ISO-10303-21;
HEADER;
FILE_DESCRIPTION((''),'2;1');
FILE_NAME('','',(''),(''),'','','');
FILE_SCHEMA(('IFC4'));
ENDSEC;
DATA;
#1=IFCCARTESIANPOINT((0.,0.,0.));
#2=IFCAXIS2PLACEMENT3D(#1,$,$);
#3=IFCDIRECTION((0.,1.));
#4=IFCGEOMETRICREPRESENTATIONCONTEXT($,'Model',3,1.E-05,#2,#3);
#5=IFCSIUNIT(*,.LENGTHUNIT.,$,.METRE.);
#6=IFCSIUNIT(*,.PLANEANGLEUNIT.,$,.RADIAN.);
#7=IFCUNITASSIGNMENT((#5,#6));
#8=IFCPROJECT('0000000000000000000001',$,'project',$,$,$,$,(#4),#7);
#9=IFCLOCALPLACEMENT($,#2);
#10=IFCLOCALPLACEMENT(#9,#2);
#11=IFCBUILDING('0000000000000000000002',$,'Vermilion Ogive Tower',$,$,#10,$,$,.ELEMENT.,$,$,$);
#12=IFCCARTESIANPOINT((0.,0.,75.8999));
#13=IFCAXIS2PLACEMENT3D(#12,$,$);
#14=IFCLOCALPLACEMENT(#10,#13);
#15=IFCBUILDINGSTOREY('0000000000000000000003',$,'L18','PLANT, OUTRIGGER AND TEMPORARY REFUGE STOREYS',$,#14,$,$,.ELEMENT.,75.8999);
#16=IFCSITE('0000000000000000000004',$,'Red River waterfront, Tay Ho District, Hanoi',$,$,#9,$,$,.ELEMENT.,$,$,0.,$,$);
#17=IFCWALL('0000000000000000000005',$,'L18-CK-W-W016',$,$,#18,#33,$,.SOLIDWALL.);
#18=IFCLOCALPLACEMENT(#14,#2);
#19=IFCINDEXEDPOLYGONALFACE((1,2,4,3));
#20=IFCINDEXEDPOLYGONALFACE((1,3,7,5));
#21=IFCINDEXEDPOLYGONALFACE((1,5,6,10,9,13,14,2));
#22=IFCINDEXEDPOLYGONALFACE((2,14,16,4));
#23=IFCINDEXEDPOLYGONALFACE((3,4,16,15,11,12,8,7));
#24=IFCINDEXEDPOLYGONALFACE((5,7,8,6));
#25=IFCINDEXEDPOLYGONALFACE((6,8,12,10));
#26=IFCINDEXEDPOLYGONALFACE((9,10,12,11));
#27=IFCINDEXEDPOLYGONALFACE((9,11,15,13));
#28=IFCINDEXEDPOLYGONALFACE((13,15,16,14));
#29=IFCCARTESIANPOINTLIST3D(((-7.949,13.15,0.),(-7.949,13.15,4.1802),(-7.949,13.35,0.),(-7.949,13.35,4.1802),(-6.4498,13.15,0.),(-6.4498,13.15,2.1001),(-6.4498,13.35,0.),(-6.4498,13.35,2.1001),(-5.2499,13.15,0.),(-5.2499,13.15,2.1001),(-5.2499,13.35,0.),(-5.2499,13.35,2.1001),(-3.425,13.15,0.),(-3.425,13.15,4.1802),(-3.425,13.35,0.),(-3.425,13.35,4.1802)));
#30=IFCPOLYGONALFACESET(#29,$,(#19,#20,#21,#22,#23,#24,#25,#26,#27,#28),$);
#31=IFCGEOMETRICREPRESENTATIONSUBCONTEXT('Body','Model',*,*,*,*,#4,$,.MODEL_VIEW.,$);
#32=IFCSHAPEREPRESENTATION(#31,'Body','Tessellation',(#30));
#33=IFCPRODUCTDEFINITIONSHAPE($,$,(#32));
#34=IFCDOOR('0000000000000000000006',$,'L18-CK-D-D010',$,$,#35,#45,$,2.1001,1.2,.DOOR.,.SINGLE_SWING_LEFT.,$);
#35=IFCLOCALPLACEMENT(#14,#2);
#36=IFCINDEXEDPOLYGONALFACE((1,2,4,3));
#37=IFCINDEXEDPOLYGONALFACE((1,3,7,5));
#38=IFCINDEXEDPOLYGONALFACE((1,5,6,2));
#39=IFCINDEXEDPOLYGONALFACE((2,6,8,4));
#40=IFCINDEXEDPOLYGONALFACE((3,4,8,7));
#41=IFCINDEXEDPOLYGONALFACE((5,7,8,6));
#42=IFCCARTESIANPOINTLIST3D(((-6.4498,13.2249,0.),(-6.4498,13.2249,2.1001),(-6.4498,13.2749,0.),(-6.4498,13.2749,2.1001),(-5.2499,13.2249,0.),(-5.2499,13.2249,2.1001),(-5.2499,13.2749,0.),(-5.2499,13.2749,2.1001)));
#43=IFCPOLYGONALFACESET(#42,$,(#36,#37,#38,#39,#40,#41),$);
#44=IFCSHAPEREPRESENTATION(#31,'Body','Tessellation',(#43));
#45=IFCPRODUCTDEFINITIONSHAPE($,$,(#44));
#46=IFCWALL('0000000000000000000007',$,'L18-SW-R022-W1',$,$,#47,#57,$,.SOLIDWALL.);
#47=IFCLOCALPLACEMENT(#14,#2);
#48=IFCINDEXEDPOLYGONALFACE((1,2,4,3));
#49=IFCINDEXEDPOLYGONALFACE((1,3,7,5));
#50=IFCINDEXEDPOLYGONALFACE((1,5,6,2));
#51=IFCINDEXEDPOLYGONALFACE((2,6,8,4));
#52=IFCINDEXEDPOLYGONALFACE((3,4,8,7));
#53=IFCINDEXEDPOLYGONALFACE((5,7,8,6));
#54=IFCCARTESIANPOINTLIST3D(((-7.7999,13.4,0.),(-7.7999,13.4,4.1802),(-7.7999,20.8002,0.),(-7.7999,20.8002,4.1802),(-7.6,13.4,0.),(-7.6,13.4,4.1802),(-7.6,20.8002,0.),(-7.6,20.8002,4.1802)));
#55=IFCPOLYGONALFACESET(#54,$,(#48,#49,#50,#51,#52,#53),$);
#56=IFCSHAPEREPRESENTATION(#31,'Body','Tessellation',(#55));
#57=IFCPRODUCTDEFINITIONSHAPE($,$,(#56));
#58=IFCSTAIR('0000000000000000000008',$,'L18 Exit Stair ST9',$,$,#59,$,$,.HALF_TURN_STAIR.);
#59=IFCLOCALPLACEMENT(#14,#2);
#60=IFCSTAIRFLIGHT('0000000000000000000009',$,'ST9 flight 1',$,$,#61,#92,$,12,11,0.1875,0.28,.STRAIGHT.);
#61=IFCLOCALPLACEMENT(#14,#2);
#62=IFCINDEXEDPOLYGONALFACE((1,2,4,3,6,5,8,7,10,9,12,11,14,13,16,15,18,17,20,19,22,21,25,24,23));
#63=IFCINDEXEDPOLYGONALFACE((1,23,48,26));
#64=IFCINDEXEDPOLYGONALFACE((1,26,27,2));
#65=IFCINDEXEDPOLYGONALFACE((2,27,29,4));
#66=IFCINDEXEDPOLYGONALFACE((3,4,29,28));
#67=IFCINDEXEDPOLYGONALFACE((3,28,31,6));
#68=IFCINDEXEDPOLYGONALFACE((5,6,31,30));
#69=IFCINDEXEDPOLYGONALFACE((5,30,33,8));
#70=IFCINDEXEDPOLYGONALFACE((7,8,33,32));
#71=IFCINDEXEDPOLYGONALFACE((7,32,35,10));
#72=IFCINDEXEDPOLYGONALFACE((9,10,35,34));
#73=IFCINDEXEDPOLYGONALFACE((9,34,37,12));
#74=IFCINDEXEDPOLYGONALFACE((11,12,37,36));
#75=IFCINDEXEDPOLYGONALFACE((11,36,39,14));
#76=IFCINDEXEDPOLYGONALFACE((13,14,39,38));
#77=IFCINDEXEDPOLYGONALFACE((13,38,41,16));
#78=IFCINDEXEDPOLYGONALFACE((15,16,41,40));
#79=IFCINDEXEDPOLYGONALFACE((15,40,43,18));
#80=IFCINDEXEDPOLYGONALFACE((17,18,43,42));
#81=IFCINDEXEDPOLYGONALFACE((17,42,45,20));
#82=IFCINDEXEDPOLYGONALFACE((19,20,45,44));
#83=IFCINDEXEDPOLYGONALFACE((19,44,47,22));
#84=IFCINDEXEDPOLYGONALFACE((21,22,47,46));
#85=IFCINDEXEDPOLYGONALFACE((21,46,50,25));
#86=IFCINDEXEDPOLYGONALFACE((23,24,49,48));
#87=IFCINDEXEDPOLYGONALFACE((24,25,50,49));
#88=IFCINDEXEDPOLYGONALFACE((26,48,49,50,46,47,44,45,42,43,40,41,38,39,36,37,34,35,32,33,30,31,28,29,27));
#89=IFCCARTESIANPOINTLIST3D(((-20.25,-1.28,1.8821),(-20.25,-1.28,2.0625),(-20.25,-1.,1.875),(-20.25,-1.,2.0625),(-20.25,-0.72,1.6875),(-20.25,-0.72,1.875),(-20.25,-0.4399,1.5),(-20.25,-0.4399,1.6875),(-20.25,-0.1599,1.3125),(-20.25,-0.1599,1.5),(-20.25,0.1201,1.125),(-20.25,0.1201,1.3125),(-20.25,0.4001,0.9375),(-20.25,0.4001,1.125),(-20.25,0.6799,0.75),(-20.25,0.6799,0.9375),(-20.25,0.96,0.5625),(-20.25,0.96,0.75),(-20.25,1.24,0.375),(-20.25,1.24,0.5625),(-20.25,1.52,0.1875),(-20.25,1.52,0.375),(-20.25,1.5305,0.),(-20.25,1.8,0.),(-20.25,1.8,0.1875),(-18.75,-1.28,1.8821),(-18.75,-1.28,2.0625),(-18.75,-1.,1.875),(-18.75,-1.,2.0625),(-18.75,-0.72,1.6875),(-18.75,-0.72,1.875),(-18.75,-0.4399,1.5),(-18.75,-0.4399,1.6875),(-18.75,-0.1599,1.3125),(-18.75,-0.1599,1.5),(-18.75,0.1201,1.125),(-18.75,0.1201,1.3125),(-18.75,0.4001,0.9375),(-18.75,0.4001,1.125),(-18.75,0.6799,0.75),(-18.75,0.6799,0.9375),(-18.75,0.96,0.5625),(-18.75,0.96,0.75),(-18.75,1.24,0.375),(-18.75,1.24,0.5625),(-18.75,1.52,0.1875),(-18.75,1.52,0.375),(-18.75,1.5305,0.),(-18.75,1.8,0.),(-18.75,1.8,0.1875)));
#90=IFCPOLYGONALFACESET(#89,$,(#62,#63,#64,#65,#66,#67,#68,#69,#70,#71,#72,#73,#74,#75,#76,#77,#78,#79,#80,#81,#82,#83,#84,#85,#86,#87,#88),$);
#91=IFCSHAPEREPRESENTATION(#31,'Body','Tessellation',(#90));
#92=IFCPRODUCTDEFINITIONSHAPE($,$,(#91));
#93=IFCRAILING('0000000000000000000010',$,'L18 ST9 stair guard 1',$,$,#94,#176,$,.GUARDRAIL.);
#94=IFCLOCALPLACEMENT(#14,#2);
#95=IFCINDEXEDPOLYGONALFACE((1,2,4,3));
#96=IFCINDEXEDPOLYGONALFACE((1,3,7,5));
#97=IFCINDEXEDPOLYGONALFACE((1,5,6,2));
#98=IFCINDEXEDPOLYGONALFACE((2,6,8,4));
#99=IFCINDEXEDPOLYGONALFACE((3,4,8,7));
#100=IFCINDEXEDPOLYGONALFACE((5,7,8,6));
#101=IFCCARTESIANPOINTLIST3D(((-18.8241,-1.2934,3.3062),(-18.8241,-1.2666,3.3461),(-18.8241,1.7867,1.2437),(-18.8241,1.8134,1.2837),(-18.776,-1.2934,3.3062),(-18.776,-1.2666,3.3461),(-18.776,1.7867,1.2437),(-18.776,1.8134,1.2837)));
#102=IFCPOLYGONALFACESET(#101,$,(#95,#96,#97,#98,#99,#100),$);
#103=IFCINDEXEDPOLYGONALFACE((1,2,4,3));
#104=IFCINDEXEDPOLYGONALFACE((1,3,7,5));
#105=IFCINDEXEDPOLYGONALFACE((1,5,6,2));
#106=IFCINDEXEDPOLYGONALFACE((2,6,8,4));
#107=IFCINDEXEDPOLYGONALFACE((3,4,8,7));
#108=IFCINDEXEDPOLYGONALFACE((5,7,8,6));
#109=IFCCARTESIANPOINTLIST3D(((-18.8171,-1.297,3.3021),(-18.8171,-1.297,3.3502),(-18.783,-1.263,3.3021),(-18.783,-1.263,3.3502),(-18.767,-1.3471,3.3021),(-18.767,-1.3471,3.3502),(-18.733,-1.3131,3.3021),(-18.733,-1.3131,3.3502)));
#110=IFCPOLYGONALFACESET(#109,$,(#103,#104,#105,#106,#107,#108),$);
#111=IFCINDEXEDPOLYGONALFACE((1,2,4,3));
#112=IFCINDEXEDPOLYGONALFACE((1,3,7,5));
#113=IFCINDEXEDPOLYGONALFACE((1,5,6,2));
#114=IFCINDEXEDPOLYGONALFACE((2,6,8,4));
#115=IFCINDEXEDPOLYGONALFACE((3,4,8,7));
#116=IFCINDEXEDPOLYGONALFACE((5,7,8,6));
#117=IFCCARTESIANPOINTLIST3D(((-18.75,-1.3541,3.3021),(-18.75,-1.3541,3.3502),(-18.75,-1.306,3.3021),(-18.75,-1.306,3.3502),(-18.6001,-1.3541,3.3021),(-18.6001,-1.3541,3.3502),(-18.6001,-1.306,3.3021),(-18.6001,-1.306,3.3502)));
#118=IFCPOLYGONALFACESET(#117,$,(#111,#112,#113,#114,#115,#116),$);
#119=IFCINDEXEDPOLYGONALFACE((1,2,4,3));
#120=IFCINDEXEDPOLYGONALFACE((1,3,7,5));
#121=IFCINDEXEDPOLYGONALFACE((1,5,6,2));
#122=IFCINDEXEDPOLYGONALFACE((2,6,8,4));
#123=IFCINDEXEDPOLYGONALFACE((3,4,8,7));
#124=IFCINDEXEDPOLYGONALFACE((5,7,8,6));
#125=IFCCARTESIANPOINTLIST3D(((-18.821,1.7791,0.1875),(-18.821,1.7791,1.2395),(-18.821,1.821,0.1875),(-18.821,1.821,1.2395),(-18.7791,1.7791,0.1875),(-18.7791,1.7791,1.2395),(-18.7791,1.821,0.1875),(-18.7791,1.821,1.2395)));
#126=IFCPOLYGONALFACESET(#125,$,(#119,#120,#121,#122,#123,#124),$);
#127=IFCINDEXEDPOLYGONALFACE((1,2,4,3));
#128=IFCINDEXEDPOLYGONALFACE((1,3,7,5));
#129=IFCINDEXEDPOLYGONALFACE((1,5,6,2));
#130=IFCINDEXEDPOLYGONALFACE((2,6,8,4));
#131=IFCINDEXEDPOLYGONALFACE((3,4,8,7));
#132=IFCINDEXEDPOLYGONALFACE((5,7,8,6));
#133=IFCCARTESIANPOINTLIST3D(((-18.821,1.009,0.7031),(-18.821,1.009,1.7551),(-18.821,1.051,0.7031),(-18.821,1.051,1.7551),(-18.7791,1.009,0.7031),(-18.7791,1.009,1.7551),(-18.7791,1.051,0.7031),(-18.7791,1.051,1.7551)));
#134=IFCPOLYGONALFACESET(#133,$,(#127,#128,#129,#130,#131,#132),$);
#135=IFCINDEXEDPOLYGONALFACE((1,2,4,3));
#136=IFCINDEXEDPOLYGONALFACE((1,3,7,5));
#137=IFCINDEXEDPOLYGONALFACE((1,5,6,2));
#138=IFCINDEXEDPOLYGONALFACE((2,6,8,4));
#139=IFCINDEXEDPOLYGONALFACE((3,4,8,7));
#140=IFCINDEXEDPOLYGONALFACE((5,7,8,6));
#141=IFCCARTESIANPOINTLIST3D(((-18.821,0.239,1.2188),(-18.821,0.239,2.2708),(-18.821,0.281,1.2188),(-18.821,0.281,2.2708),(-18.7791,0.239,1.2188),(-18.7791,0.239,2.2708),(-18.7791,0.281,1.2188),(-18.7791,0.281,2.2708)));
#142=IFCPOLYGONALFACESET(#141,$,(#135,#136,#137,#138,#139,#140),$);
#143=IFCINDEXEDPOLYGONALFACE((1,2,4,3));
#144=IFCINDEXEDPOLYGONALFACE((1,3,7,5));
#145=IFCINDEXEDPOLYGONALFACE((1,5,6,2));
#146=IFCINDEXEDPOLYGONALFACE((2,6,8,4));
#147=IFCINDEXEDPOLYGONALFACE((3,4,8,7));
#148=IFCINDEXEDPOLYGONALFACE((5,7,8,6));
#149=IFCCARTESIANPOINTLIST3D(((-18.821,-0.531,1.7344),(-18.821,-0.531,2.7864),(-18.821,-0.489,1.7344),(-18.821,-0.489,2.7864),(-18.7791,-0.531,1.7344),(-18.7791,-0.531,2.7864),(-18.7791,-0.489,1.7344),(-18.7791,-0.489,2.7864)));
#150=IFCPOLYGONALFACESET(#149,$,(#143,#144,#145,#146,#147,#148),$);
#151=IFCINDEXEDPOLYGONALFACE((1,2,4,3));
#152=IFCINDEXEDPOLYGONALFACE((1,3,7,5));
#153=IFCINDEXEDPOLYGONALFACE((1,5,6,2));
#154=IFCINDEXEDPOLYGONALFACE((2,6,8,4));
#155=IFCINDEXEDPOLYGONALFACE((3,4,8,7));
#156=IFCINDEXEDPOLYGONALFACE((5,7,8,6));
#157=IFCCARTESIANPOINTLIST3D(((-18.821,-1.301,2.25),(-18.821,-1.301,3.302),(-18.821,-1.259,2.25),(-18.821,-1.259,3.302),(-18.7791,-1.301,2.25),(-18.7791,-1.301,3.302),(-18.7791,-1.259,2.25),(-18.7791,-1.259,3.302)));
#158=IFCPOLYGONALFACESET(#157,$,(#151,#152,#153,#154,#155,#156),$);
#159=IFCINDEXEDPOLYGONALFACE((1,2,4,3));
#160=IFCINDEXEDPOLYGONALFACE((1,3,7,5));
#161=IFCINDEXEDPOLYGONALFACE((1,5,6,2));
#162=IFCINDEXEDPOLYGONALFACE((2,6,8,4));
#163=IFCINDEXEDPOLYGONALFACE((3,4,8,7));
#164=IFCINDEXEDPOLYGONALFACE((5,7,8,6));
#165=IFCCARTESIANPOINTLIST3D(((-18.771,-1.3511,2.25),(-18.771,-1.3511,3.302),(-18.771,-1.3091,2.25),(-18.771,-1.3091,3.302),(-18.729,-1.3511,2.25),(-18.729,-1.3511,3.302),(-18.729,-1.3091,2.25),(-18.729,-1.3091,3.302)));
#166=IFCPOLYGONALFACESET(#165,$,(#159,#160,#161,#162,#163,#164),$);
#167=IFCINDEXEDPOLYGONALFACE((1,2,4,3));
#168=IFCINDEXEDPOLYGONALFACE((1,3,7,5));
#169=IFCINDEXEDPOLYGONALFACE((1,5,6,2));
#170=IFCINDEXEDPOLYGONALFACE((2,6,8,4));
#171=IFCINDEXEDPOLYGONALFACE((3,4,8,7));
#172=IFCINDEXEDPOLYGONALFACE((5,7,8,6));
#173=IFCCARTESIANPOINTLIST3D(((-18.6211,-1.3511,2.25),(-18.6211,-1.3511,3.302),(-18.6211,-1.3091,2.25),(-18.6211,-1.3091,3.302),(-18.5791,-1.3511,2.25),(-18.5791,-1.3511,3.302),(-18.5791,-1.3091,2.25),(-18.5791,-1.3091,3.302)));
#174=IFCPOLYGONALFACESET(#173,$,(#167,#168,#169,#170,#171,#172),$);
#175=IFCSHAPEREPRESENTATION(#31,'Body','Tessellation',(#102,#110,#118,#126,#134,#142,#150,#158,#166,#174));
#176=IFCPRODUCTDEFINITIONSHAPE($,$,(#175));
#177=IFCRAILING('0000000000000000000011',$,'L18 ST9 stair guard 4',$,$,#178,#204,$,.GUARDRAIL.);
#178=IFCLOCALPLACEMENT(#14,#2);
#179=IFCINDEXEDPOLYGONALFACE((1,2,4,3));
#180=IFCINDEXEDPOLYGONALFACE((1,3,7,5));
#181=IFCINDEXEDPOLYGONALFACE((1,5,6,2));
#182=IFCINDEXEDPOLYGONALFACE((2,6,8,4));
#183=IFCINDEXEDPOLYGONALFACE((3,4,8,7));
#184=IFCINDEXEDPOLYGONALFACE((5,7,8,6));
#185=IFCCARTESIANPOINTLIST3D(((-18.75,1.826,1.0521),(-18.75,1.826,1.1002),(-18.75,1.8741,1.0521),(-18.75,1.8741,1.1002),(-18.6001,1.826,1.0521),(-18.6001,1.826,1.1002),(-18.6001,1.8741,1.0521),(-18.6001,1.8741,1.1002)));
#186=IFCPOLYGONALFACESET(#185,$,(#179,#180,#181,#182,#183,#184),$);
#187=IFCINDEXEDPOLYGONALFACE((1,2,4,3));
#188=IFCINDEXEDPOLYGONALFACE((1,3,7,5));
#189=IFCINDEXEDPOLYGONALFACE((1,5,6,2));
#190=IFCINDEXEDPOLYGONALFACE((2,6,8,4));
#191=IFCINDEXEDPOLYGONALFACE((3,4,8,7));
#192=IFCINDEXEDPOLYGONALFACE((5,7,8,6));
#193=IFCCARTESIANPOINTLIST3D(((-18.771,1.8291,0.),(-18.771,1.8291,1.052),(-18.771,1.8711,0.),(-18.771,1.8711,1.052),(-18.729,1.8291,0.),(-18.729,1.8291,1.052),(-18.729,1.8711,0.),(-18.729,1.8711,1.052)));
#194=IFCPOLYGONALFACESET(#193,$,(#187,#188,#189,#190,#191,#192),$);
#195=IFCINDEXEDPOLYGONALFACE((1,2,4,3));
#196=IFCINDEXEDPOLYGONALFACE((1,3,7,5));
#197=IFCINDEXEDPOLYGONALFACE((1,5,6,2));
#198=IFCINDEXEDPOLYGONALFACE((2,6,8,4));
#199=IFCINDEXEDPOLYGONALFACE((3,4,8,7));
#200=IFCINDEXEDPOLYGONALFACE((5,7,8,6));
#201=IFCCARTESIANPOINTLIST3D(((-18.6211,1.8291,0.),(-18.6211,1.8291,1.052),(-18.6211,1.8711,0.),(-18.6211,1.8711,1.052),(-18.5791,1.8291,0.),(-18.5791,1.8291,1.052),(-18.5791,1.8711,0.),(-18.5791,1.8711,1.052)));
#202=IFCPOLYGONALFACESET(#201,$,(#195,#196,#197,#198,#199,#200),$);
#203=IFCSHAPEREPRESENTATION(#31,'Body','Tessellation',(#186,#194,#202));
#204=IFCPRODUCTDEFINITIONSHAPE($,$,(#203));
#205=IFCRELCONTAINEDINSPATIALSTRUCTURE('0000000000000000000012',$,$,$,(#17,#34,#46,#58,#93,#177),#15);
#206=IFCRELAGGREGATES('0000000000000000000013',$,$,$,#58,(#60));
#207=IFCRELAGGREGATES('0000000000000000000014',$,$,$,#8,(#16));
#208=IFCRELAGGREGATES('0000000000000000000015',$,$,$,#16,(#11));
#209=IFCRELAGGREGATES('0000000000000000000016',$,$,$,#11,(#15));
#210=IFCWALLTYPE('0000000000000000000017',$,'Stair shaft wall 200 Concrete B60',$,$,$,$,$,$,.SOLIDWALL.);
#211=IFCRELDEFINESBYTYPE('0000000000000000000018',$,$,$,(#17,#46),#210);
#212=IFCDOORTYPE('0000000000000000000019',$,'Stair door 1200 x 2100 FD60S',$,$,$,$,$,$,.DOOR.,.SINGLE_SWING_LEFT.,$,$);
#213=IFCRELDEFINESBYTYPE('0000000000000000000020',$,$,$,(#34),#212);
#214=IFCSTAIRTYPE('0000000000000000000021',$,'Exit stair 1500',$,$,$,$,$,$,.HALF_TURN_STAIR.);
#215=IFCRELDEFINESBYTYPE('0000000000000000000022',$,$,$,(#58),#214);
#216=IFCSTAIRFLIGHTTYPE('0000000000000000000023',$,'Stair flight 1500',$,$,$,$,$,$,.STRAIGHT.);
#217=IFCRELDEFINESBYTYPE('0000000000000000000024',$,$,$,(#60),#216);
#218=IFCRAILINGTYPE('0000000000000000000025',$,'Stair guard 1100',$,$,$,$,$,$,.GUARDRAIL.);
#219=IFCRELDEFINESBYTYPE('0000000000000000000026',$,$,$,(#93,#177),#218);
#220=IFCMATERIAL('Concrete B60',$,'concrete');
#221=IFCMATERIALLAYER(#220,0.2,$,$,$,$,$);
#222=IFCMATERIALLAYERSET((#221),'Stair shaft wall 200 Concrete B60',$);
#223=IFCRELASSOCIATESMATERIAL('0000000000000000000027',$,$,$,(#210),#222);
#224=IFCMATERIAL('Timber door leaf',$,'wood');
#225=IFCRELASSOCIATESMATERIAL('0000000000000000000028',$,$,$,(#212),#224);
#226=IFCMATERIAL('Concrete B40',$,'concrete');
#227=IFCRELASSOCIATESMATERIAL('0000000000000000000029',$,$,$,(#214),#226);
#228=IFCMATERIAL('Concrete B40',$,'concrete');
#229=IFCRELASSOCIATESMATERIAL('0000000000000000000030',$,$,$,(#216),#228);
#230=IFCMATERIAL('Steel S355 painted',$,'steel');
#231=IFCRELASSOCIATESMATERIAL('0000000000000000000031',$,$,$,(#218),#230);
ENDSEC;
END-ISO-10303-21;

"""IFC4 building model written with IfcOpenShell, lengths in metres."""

from ifc_helpers import new_model, si_unit, direction, frame, frame_2d, origin, origin_2d, place, context, subcontext, project, spatial, polyline, rectangle, outline, extrude, material, layer, layer_set, type_object, element, fill, aggregate, save


model = new_model("IFC4")

# Units and contexts
model_context = context("Model", 3, precision=1e-05, world=origin(), true_north=direction((0.0, 1.0)))
body_context = subcontext(model_context, "Body", "Model", "MODEL_VIEW")
ifc_project = project(units=[si_unit("LENGTHUNIT", "METRE"), si_unit("PLANEANGLEUNIT", "RADIAN")], contexts=[model_context])

# Site, building, storey
site_placement = place(None, origin())
site = spatial("IfcSite", under=ifc_project, at=site_placement, Name="Red River waterfront, Tay Ho District, Hanoi", CompositionType="ELEMENT", RefElevation=0.0)
building_placement = place(site_placement, origin())
building = spatial("IfcBuilding", under=site, at=building_placement, Name="Vermilion Ogive Tower", CompositionType="ELEMENT")
storey_placement = place(building_placement, frame((0.0, 0.0, 75.8999)))
storey = spatial("IfcBuildingStorey", under=building, at=storey_placement, Name="L18", Description="PLANT, OUTRIGGER AND TEMPORARY REFUGE STOREYS", CompositionType="ELEMENT", Elevation=75.8999)

# Shared definitions
ifc_material_1 = material(Name="Concrete B60", Category="concrete")
ifc_layer_1 = layer(ifc_material_1, 0.2)
ifc_layer_set_1 = layer_set([ifc_layer_1], Name="Stair shaft wall 200 Concrete B60")
wall_type_1 = type_object("IfcWallType", Name="Stair shaft wall 200 Concrete B60", PredefinedType="SOLIDWALL", material=ifc_layer_set_1)

# Wall, opening, door
wall_1_placement = place(storey_placement, frame((-7.949, 13.25, 0.0), z_axis=(0.0, 0.0, 1.0), x_axis=(1.0, 0.0, 0.0)))
wall_1 = element("IfcWall", 1, at=wall_1_placement, inside=storey, type_object=wall_type_1, Name="L18-CK-W-W016", PredefinedType="SOLIDWALL", context=body_context, shape_type="SweptSolid", body=[
    extrude(rectangle(XDim=4.5239, YDim=0.2, at=frame_2d((2.262, 0.0))), origin(), (0.0, 0.0, 1.0), 4.1802),
])
opening_1_placement = place(wall_1_placement, frame((1.499, 0.0, 0.0)))
opening_1 = element("IfcOpeningElement", 2, at=opening_1_placement, cuts=wall_1, PredefinedType="OPENING", context=body_context, shape_type="SweptSolid", body=[
    extrude(rectangle(XDim=1.2, YDim=2.1001, at=frame_2d((0.6001, 1.05))), frame((0.0, 0.1099, 0.0), z_axis=(0.0, -1.0, 0.0), x_axis=(1.0, 0.0, 0.0)), (0.0, 0.0, 1.0), 0.22),
])
ifc_material_2 = material(Name="Timber door leaf", Category="wood")
door_type_1 = type_object("IfcDoorType", Name="Stair door 1200 x 2100 FD60S", OperationType="SINGLE_SWING_LEFT", PredefinedType="DOOR", material=ifc_material_2)
door_1_placement = place(opening_1_placement, origin())
door_1 = element("IfcDoor", 3, at=door_1_placement, inside=storey, type_object=door_type_1, Name="L18-CK-D-D010", OperationType="SINGLE_SWING_LEFT", OverallHeight=2.1001, OverallWidth=1.2, PredefinedType="DOOR", context=body_context, shape_type="SweptSolid", body=[
    extrude(rectangle(XDim=1.2, YDim=2.1001, at=frame_2d((0.6001, 1.05))), frame((0.0, 0.0249, 0.0), z_axis=(0.0, -1.0, 0.0), x_axis=(1.0, 0.0, 0.0)), (0.0, 0.0, 1.0), 0.05),
])
fill(opening_1, door_1)

# Wall
wall_2_placement = place(storey_placement, frame((-7.7, 13.3999, 0.0), z_axis=(0.0, 0.0, 1.0), x_axis=(0.0, 1.0, 0.0)))
element("IfcWall", 4, at=wall_2_placement, inside=storey, type_object=wall_type_1, Name="L18-SW-R022-W1", PredefinedType="SOLIDWALL", context=body_context, shape_type="SweptSolid", body=[
    extrude(rectangle(XDim=7.4001, YDim=0.2, at=frame_2d((3.7002, 0.0))), origin(), (0.0, 0.0, 1.0), 4.1802),
])

# Stair, stair flight
ifc_material_3 = material(Name="Concrete B40", Category="concrete")
stair_type = type_object("IfcStairType", Name="Exit stair 1500", PredefinedType="HALF_TURN_STAIR", material=ifc_material_3)
stair_placement = place(storey_placement, origin())
stair = element("IfcStair", 5, at=stair_placement, inside=storey, type_object=stair_type, Name="L18 Exit Stair ST9", PredefinedType="HALF_TURN_STAIR")
ifc_material_4 = material(Name="Concrete B40", Category="concrete")
stair_flight_type = type_object("IfcStairFlightType", Name="Stair flight 1500", PredefinedType="STRAIGHT", material=ifc_material_4)
stair_flight_placement = place(storey_placement, frame((-19.5, 1.8, 0.0), z_axis=(0.0, 0.0, 1.0), x_axis=(0.0, -1.0, 0.0)))
stair_flight = element("IfcStairFlight", 6, at=stair_flight_placement, type_object=stair_flight_type, Name="ST9 flight 1", NumberOfRisers=12, NumberOfTreads=11, PredefinedType="STRAIGHT", RiserHeight=0.1875, TreadLength=0.28, context=body_context, shape_type="SweptSolid", body=[
    extrude(outline(polyline([(0.0, 0.0), (0.0, 0.1875), (0.28, 0.1875), (0.28, 0.375), (0.5601, 0.375), (0.5601, 0.5625), (0.8401, 0.5625), (0.8401, 0.75), (1.1201, 0.75), (1.1201, 0.9375), (1.3999, 0.9375), (1.3999, 1.125), (1.6799, 1.125), (1.6799, 1.3125), (1.96, 1.3125), (1.96, 1.5), (2.24, 1.5), (2.24, 1.6875), (2.52, 1.6875), (2.52, 1.875), (2.8, 1.875), (2.8, 2.0625), (3.0801, 2.0625), (3.0801, 2.25), (3.0801, 1.8821), (0.2695, 0.0), (0.0, 0.0)])), frame((0.0, 0.75, 0.0), z_axis=(0.0, -1.0, 0.0), x_axis=(1.0, 0.0, 0.0)), (0.0, 0.0, 1.0), 1.5),
])
aggregate(stair, [stair_flight])

# Railings
ifc_material_5 = material(Name="Steel S355 painted", Category="steel")
railing_type_1 = type_object("IfcRailingType", Name="Stair guard 1100", PredefinedType="GUARDRAIL", material=ifc_material_5)
railing_1_placement = place(storey_placement, frame((-18.8, 1.8, 0.1875)))
element("IfcRailing", 7, at=railing_1_placement, inside=storey, type_object=railing_type_1, Name="L18 ST9 stair guard 1", PredefinedType="GUARDRAIL", context=body_context, shape_type="SweptSolid", body=[
    extrude(rectangle(XDim=0.0481, YDim=0.0481, at=origin_2d()), frame((0.0, 0.0, 1.0762), z_axis=(0.0, -0.830914, 0.556401), x_axis=(1.0, 0.0, 0.0)), (0.0, 0.0, 1.0), 3.7068),
    extrude(rectangle(XDim=0.0481, YDim=0.0481, at=origin_2d()), frame((0.0, -3.0801, 3.1387), z_axis=(0.707107, -0.707107, 0.0), x_axis=(0.707107, 0.707107, 0.0)), (0.0, 0.0, 1.0), 0.0708),
    extrude(rectangle(XDim=0.0481, YDim=0.0481, at=origin_2d()), frame((0.05, -3.1301, 3.1387), z_axis=(1.0, 0.0, 0.0), x_axis=(0.0, 1.0, 0.0)), (0.0, 0.0, 1.0), 0.1499),
    extrude(rectangle(XDim=0.042, YDim=0.042, at=origin_2d()), origin(), (0.0, 0.0, 1.0), 1.052),
    extrude(rectangle(XDim=0.042, YDim=0.042, at=origin_2d()), frame((0.0, -0.77, 0.5156)), (0.0, 0.0, 1.0), 1.052),
    extrude(rectangle(XDim=0.042, YDim=0.042, at=origin_2d()), frame((0.0, -1.54, 1.0312)), (0.0, 0.0, 1.0), 1.052),
    extrude(rectangle(XDim=0.042, YDim=0.042, at=origin_2d()), frame((0.0, -2.3101, 1.5469)), (0.0, 0.0, 1.0), 1.052),
    extrude(rectangle(XDim=0.042, YDim=0.042, at=origin_2d()), frame((0.0, -3.0801, 2.0625)), (0.0, 0.0, 1.0), 1.052),
    extrude(rectangle(XDim=0.042, YDim=0.042, at=origin_2d()), frame((0.05, -3.1301, 2.0625)), (0.0, 0.0, 1.0), 1.052),
    extrude(rectangle(XDim=0.042, YDim=0.042, at=origin_2d()), frame((0.2, -3.1301, 2.0625)), (0.0, 0.0, 1.0), 1.052),
])
railing_2_placement = place(storey_placement, frame((-18.75, 1.8501, 0.0)))
element("IfcRailing", 8, at=railing_2_placement, inside=storey, type_object=railing_type_1, Name="L18 ST9 stair guard 4", PredefinedType="GUARDRAIL", context=body_context, shape_type="SweptSolid", body=[
    extrude(rectangle(XDim=0.0481, YDim=0.0481, at=origin_2d()), frame((0.0, 0.0, 1.0762), z_axis=(1.0, 0.0, 0.0), x_axis=(0.0, 1.0, 0.0)), (0.0, 0.0, 1.0), 0.1499),
    extrude(rectangle(XDim=0.042, YDim=0.042, at=origin_2d()), origin(), (0.0, 0.0, 1.0), 1.052),
    extrude(rectangle(XDim=0.042, YDim=0.042, at=origin_2d()), frame((0.1499, 0.0, 0.0)), (0.0, 0.0, 1.0), 1.052),
])

save(model, "model.ifc")
